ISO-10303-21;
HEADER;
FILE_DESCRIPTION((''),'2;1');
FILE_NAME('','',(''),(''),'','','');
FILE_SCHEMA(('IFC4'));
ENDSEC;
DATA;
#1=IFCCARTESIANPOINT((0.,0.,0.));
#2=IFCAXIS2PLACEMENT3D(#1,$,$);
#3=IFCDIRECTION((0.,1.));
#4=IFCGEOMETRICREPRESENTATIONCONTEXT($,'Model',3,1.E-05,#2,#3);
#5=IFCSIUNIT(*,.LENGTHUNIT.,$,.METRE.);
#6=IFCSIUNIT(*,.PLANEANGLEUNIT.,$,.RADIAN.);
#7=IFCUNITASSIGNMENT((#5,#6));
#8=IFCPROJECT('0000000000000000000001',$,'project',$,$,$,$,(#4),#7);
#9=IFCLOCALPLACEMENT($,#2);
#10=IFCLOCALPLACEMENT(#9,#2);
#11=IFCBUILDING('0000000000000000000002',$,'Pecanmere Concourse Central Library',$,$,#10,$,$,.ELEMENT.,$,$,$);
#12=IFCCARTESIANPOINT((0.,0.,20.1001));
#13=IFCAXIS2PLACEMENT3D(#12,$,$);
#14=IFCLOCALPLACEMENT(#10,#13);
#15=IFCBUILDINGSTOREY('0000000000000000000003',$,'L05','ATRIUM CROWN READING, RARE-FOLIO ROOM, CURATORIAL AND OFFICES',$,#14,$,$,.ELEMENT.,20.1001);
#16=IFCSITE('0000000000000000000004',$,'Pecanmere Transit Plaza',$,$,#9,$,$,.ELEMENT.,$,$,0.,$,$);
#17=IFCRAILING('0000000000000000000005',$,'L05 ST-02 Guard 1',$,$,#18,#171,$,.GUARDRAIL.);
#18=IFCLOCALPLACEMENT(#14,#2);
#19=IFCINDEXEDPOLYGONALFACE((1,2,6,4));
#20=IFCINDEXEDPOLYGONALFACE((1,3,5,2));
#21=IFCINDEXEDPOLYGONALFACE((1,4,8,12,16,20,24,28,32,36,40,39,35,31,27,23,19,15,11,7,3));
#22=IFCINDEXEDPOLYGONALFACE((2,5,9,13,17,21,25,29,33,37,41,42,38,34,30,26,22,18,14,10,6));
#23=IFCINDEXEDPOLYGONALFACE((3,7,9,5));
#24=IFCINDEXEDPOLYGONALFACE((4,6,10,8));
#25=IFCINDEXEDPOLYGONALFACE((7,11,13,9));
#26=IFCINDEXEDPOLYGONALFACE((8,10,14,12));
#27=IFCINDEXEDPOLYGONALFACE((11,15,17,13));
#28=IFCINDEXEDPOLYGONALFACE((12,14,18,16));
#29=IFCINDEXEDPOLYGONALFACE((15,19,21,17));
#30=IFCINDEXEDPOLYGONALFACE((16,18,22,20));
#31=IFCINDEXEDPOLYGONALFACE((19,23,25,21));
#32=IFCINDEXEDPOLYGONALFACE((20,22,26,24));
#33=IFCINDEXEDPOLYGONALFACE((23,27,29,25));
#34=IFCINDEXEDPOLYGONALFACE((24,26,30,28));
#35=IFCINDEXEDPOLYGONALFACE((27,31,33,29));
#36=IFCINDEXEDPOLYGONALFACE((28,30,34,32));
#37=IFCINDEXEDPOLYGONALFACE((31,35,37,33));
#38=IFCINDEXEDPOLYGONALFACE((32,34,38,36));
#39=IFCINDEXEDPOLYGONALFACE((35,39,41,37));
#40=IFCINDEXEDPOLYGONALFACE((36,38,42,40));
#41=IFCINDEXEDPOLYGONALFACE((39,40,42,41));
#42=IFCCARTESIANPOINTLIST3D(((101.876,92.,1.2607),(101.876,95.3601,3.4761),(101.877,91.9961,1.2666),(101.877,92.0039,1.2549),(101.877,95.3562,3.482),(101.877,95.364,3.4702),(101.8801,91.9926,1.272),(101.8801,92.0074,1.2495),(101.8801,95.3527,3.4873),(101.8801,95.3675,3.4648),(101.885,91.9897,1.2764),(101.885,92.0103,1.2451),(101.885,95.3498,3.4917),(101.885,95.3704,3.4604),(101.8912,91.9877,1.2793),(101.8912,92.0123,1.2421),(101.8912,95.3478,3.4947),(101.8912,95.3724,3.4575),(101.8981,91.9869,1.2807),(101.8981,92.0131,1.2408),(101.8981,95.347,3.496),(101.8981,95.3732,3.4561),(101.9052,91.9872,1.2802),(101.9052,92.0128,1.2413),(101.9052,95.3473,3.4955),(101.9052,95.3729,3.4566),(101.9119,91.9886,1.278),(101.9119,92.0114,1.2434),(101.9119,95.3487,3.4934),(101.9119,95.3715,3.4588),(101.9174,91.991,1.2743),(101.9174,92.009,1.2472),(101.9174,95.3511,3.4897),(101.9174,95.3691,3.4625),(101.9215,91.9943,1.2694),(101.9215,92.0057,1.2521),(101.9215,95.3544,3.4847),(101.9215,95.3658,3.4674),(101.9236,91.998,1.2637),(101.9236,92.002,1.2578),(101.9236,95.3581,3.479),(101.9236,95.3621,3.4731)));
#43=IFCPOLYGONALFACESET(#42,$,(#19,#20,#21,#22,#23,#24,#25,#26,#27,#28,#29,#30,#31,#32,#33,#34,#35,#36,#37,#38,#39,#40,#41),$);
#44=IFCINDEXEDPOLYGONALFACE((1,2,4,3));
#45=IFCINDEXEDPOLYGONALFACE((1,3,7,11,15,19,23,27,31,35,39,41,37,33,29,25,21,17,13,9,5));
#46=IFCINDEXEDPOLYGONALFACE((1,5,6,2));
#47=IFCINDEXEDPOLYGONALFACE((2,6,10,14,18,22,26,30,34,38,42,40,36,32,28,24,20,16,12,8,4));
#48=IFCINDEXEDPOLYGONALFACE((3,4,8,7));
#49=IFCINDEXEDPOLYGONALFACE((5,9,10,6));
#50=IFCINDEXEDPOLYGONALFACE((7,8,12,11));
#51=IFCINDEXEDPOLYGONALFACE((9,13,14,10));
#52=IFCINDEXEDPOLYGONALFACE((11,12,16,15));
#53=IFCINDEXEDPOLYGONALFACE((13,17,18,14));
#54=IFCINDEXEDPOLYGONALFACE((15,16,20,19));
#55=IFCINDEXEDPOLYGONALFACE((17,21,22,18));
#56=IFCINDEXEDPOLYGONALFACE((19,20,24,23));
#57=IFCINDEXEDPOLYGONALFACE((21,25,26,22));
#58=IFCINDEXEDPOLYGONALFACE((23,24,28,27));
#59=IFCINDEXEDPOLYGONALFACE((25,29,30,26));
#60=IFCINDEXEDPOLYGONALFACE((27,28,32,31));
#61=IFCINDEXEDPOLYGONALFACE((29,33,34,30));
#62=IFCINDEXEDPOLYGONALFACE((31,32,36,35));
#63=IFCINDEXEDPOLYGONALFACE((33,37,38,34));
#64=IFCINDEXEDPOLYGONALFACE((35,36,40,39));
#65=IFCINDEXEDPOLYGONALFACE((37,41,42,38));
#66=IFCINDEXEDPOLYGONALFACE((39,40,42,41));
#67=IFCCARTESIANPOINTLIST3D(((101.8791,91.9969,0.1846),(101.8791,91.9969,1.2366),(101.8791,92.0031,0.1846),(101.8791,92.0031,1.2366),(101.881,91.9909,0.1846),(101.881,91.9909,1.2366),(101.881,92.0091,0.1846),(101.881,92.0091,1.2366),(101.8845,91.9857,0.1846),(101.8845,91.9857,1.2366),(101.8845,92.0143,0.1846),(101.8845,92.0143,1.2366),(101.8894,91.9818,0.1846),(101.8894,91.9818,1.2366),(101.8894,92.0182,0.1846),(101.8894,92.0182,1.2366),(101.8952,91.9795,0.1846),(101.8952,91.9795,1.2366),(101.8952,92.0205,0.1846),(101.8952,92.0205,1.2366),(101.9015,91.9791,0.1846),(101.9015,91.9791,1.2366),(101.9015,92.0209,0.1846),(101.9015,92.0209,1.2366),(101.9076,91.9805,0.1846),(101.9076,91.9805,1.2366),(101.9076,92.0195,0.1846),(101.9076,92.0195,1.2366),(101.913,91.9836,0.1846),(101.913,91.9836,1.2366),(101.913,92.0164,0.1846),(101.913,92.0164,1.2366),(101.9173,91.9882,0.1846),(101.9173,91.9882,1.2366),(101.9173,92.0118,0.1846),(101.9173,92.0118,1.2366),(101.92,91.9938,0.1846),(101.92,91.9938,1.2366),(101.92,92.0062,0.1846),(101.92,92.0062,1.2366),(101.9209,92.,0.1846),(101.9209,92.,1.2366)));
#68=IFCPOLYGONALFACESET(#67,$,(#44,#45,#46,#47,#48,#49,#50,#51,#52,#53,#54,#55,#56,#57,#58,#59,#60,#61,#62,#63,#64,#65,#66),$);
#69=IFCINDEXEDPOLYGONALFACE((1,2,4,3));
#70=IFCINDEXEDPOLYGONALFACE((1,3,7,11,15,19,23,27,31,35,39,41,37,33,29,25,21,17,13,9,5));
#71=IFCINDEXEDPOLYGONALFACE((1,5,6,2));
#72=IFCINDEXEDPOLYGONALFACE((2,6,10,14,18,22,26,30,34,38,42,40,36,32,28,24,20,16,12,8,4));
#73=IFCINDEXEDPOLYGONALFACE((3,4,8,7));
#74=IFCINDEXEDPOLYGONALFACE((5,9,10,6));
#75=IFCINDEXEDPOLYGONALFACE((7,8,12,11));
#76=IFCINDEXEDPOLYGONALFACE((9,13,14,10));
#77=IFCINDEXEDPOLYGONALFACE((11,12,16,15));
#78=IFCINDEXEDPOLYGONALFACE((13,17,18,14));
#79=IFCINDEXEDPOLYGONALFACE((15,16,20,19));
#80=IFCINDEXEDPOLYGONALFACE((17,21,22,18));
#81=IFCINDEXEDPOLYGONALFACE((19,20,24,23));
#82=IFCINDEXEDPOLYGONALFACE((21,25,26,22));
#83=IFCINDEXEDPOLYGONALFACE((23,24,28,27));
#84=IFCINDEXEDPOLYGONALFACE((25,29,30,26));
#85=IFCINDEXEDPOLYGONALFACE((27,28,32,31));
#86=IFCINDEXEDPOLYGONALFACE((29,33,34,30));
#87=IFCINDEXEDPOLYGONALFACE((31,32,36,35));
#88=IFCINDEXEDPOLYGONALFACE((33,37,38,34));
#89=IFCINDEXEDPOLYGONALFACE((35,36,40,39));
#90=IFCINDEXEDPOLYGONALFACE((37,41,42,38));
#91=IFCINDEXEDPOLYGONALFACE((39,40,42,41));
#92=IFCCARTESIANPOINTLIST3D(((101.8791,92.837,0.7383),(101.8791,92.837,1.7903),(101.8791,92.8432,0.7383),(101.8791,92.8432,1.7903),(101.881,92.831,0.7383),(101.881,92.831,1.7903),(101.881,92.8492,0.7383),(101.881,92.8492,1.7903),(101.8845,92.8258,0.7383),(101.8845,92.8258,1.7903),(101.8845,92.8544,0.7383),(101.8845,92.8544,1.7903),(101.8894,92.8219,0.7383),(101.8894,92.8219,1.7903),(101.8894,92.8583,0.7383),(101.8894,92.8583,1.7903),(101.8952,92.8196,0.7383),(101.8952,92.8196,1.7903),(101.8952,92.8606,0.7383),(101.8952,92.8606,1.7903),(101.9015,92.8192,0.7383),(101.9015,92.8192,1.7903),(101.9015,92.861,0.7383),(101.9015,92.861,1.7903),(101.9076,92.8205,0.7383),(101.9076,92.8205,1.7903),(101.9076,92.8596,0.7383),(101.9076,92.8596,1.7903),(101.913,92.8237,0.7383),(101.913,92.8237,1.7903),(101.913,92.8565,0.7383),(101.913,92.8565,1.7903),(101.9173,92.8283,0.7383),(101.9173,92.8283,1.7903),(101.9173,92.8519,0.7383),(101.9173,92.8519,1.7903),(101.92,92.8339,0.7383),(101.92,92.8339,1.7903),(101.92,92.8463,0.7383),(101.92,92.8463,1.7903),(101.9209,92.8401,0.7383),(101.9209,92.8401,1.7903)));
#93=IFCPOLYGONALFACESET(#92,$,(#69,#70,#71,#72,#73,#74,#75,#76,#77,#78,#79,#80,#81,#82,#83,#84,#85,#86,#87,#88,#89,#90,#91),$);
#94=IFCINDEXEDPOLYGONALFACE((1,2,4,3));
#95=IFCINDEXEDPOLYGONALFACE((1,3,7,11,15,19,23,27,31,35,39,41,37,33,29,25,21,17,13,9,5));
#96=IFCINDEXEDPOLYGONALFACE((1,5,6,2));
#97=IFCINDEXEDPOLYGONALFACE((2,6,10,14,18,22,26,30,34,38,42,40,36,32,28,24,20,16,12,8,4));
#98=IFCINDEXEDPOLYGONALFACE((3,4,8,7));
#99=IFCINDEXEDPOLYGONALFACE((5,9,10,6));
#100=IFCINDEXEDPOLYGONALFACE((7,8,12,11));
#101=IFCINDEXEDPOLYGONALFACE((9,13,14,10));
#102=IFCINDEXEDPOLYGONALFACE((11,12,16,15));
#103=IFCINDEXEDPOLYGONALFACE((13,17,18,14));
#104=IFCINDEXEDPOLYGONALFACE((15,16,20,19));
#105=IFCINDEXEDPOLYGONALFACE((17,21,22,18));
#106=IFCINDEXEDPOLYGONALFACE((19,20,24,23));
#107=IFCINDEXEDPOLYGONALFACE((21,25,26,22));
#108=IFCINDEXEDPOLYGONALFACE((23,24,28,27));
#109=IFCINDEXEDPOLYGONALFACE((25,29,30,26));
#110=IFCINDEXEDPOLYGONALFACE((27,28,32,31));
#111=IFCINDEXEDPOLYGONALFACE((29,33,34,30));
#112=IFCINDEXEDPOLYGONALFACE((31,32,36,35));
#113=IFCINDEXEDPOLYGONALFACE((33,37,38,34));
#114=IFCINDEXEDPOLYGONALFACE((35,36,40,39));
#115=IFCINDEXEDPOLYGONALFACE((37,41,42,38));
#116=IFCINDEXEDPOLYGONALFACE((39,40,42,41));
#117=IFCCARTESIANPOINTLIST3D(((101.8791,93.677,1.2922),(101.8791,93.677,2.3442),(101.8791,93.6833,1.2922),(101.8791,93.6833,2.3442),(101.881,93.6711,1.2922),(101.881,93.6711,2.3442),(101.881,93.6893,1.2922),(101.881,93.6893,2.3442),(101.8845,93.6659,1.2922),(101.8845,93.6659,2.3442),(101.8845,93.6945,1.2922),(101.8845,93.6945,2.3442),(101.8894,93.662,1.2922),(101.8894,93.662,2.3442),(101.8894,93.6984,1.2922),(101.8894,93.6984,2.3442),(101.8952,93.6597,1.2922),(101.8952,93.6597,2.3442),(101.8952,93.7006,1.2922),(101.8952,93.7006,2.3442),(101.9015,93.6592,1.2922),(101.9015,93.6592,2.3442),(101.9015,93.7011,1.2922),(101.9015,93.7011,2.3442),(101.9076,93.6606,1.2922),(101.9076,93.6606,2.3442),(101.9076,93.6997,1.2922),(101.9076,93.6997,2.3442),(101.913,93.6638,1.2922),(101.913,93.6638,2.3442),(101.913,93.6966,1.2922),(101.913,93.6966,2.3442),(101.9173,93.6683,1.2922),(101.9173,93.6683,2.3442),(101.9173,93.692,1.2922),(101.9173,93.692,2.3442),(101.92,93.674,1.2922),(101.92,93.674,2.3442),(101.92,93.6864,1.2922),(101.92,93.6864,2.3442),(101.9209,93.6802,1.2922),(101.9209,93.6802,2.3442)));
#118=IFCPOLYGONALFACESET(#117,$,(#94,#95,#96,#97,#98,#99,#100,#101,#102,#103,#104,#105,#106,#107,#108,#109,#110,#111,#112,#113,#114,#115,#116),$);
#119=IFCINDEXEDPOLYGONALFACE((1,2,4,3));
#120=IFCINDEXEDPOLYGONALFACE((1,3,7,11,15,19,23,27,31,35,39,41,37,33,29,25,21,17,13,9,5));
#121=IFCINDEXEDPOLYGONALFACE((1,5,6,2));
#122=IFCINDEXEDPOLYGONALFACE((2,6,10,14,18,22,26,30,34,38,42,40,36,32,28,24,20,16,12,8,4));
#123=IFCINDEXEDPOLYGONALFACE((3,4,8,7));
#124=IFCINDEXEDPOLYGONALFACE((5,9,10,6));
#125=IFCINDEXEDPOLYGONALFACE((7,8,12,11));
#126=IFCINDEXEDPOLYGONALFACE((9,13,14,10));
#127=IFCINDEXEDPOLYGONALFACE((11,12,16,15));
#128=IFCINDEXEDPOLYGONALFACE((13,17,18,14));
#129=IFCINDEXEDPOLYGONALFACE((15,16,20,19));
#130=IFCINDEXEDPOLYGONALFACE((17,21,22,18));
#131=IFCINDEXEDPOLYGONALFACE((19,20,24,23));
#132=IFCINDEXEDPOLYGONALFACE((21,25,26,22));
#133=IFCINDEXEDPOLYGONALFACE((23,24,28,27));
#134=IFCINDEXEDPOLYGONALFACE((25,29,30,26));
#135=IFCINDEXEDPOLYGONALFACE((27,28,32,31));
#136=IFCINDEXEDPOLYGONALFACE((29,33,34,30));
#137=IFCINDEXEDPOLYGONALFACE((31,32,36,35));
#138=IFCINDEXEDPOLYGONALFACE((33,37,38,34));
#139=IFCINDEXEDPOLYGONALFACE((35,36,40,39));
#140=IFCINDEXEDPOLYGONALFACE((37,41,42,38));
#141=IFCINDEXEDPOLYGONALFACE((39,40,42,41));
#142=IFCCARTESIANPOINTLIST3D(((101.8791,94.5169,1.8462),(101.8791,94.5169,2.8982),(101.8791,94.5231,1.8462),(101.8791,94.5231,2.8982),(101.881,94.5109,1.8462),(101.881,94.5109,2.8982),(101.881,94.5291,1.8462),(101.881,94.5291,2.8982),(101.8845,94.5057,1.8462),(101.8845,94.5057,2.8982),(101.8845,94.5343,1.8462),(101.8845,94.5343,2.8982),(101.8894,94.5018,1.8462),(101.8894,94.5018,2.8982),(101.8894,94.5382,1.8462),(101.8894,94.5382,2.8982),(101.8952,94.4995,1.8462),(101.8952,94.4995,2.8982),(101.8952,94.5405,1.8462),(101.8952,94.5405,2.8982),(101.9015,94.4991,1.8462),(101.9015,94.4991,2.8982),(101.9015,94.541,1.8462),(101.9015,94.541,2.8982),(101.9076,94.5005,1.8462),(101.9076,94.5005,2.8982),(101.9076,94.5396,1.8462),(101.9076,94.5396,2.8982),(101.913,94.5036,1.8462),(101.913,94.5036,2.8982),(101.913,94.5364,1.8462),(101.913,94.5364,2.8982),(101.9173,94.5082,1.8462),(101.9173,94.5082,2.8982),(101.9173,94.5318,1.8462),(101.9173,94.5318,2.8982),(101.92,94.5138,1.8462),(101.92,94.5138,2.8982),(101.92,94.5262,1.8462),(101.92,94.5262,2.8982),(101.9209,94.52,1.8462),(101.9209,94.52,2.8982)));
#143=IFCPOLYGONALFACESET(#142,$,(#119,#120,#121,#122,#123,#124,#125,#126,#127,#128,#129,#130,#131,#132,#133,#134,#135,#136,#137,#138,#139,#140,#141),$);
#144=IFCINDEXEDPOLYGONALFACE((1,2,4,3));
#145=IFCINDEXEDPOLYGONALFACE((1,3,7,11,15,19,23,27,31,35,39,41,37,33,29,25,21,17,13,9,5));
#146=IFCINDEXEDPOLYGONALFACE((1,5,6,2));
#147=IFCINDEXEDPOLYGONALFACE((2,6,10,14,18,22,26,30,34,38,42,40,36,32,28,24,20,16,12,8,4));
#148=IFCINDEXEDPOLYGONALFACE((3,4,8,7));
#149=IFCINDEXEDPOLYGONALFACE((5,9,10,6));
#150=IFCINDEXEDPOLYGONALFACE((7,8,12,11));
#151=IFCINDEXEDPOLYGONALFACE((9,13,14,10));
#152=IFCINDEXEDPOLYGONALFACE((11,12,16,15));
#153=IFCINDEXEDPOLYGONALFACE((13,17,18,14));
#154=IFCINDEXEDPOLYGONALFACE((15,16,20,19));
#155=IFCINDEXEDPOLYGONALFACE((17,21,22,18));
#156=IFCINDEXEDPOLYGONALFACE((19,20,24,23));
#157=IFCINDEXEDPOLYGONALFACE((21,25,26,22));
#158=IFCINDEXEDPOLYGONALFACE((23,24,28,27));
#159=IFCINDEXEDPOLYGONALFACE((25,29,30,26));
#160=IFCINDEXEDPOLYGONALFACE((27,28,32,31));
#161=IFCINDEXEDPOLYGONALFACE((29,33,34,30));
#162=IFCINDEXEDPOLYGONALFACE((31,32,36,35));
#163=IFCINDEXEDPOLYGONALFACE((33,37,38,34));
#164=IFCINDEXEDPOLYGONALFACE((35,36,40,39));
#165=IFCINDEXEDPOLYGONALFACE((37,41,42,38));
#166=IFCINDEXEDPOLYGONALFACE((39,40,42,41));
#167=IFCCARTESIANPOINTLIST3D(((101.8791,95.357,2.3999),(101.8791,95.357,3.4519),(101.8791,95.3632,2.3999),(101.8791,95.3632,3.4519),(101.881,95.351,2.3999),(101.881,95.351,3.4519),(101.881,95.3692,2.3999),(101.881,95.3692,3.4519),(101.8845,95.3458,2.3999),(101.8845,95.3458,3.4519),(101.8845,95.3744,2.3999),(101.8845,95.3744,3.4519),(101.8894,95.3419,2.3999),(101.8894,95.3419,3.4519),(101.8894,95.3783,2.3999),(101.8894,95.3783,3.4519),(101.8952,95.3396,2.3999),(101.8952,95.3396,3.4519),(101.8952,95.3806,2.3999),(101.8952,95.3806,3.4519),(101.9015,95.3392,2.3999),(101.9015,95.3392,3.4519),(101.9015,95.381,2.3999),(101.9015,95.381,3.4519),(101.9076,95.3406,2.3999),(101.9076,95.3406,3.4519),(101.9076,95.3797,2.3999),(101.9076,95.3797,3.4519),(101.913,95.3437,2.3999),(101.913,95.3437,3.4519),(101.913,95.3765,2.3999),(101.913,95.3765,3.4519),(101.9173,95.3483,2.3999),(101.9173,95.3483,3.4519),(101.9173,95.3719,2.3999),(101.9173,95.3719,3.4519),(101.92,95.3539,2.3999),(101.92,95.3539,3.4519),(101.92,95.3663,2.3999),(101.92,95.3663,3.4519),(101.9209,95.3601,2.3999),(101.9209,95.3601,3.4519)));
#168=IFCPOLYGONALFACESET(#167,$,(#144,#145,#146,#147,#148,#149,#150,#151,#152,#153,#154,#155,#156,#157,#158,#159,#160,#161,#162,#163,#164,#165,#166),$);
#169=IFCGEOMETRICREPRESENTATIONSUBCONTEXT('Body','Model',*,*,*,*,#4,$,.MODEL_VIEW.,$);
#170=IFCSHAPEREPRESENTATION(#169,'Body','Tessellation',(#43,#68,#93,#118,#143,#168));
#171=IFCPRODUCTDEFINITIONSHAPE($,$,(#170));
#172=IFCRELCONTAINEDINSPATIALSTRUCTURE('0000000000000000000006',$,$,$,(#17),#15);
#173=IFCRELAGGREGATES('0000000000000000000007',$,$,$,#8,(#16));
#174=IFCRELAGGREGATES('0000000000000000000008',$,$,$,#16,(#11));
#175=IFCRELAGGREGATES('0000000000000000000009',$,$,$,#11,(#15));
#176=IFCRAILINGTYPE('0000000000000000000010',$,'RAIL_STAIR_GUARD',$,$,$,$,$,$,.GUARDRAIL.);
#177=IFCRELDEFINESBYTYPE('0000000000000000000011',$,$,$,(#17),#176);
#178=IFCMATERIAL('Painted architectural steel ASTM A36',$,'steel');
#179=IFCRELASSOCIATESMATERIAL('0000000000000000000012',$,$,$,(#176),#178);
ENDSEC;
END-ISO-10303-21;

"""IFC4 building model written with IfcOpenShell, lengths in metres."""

from ifc_helpers import new_model, si_unit, direction, frame, origin, origin_2d, place, context, subcontext, project, spatial, circle, extrude, material, type_object, element, save


model = new_model("IFC4")

# Units and contexts
model_context = context("Model", 3, precision=1e-05, world=origin(), true_north=direction((0.0, 1.0)))
body_context = subcontext(model_context, "Body", "Model", "MODEL_VIEW")
ifc_project = project(units=[si_unit("LENGTHUNIT", "METRE"), si_unit("PLANEANGLEUNIT", "RADIAN")], contexts=[model_context])

# Site, building, storey
site_placement = place(None, origin())
site = spatial("IfcSite", under=ifc_project, at=site_placement, Name="Pecanmere Transit Plaza", CompositionType="ELEMENT", RefElevation=0.0)
building_placement = place(site_placement, origin())
building = spatial("IfcBuilding", under=site, at=building_placement, Name="Pecanmere Concourse Central Library", CompositionType="ELEMENT")
storey_placement = place(building_placement, frame((0.0, 0.0, 20.1001)))
storey = spatial("IfcBuildingStorey", under=building, at=storey_placement, Name="L05", Description="ATRIUM CROWN READING, RARE-FOLIO ROOM, CURATORIAL AND OFFICES", CompositionType="ELEMENT", Elevation=20.1001)

# Railing
ifc_material_1 = material(Name="Painted architectural steel ASTM A36", Category="steel")
railing_type_1 = type_object("IfcRailingType", Name="RAIL_STAIR_GUARD", PredefinedType="GUARDRAIL", material=ifc_material_1)
railing_1_placement = place(storey_placement, frame((101.8999, 92.0, 0.1846)))
element("IfcRailing", 1, at=railing_1_placement, inside=storey, type_object=railing_type_1, Name="L05 ST-02 Guard 1", PredefinedType="GUARDRAIL", context=body_context, shape_type="SweptSolid", body=[
    extrude(circle(Radius=0.0239, at=origin_2d()), frame((0.0, 0.0, 1.0762), z_axis=(0.0, 0.834876, 0.550437), x_axis=(-1.0, 0.0, 0.0)), (0.0, 0.0, 1.0), 4.0247),
    extrude(circle(Radius=0.021, at=origin_2d()), origin(), (0.0, 0.0, 1.0), 1.052),
    extrude(circle(Radius=0.021, at=origin_2d()), frame((0.0, 0.8401, 0.5537)), (0.0, 0.0, 1.0), 1.052),
    extrude(circle(Radius=0.021, at=origin_2d()), frame((0.0, 1.6802, 1.1077)), (0.0, 0.0, 1.0), 1.052),
    extrude(circle(Radius=0.021, at=origin_2d()), frame((0.0, 2.52, 1.6616)), (0.0, 0.0, 1.0), 1.052),
    extrude(circle(Radius=0.021, at=origin_2d()), frame((0.0, 3.3601, 2.2153)), (0.0, 0.0, 1.0), 1.052),
])

save(model, "model.ifc")
